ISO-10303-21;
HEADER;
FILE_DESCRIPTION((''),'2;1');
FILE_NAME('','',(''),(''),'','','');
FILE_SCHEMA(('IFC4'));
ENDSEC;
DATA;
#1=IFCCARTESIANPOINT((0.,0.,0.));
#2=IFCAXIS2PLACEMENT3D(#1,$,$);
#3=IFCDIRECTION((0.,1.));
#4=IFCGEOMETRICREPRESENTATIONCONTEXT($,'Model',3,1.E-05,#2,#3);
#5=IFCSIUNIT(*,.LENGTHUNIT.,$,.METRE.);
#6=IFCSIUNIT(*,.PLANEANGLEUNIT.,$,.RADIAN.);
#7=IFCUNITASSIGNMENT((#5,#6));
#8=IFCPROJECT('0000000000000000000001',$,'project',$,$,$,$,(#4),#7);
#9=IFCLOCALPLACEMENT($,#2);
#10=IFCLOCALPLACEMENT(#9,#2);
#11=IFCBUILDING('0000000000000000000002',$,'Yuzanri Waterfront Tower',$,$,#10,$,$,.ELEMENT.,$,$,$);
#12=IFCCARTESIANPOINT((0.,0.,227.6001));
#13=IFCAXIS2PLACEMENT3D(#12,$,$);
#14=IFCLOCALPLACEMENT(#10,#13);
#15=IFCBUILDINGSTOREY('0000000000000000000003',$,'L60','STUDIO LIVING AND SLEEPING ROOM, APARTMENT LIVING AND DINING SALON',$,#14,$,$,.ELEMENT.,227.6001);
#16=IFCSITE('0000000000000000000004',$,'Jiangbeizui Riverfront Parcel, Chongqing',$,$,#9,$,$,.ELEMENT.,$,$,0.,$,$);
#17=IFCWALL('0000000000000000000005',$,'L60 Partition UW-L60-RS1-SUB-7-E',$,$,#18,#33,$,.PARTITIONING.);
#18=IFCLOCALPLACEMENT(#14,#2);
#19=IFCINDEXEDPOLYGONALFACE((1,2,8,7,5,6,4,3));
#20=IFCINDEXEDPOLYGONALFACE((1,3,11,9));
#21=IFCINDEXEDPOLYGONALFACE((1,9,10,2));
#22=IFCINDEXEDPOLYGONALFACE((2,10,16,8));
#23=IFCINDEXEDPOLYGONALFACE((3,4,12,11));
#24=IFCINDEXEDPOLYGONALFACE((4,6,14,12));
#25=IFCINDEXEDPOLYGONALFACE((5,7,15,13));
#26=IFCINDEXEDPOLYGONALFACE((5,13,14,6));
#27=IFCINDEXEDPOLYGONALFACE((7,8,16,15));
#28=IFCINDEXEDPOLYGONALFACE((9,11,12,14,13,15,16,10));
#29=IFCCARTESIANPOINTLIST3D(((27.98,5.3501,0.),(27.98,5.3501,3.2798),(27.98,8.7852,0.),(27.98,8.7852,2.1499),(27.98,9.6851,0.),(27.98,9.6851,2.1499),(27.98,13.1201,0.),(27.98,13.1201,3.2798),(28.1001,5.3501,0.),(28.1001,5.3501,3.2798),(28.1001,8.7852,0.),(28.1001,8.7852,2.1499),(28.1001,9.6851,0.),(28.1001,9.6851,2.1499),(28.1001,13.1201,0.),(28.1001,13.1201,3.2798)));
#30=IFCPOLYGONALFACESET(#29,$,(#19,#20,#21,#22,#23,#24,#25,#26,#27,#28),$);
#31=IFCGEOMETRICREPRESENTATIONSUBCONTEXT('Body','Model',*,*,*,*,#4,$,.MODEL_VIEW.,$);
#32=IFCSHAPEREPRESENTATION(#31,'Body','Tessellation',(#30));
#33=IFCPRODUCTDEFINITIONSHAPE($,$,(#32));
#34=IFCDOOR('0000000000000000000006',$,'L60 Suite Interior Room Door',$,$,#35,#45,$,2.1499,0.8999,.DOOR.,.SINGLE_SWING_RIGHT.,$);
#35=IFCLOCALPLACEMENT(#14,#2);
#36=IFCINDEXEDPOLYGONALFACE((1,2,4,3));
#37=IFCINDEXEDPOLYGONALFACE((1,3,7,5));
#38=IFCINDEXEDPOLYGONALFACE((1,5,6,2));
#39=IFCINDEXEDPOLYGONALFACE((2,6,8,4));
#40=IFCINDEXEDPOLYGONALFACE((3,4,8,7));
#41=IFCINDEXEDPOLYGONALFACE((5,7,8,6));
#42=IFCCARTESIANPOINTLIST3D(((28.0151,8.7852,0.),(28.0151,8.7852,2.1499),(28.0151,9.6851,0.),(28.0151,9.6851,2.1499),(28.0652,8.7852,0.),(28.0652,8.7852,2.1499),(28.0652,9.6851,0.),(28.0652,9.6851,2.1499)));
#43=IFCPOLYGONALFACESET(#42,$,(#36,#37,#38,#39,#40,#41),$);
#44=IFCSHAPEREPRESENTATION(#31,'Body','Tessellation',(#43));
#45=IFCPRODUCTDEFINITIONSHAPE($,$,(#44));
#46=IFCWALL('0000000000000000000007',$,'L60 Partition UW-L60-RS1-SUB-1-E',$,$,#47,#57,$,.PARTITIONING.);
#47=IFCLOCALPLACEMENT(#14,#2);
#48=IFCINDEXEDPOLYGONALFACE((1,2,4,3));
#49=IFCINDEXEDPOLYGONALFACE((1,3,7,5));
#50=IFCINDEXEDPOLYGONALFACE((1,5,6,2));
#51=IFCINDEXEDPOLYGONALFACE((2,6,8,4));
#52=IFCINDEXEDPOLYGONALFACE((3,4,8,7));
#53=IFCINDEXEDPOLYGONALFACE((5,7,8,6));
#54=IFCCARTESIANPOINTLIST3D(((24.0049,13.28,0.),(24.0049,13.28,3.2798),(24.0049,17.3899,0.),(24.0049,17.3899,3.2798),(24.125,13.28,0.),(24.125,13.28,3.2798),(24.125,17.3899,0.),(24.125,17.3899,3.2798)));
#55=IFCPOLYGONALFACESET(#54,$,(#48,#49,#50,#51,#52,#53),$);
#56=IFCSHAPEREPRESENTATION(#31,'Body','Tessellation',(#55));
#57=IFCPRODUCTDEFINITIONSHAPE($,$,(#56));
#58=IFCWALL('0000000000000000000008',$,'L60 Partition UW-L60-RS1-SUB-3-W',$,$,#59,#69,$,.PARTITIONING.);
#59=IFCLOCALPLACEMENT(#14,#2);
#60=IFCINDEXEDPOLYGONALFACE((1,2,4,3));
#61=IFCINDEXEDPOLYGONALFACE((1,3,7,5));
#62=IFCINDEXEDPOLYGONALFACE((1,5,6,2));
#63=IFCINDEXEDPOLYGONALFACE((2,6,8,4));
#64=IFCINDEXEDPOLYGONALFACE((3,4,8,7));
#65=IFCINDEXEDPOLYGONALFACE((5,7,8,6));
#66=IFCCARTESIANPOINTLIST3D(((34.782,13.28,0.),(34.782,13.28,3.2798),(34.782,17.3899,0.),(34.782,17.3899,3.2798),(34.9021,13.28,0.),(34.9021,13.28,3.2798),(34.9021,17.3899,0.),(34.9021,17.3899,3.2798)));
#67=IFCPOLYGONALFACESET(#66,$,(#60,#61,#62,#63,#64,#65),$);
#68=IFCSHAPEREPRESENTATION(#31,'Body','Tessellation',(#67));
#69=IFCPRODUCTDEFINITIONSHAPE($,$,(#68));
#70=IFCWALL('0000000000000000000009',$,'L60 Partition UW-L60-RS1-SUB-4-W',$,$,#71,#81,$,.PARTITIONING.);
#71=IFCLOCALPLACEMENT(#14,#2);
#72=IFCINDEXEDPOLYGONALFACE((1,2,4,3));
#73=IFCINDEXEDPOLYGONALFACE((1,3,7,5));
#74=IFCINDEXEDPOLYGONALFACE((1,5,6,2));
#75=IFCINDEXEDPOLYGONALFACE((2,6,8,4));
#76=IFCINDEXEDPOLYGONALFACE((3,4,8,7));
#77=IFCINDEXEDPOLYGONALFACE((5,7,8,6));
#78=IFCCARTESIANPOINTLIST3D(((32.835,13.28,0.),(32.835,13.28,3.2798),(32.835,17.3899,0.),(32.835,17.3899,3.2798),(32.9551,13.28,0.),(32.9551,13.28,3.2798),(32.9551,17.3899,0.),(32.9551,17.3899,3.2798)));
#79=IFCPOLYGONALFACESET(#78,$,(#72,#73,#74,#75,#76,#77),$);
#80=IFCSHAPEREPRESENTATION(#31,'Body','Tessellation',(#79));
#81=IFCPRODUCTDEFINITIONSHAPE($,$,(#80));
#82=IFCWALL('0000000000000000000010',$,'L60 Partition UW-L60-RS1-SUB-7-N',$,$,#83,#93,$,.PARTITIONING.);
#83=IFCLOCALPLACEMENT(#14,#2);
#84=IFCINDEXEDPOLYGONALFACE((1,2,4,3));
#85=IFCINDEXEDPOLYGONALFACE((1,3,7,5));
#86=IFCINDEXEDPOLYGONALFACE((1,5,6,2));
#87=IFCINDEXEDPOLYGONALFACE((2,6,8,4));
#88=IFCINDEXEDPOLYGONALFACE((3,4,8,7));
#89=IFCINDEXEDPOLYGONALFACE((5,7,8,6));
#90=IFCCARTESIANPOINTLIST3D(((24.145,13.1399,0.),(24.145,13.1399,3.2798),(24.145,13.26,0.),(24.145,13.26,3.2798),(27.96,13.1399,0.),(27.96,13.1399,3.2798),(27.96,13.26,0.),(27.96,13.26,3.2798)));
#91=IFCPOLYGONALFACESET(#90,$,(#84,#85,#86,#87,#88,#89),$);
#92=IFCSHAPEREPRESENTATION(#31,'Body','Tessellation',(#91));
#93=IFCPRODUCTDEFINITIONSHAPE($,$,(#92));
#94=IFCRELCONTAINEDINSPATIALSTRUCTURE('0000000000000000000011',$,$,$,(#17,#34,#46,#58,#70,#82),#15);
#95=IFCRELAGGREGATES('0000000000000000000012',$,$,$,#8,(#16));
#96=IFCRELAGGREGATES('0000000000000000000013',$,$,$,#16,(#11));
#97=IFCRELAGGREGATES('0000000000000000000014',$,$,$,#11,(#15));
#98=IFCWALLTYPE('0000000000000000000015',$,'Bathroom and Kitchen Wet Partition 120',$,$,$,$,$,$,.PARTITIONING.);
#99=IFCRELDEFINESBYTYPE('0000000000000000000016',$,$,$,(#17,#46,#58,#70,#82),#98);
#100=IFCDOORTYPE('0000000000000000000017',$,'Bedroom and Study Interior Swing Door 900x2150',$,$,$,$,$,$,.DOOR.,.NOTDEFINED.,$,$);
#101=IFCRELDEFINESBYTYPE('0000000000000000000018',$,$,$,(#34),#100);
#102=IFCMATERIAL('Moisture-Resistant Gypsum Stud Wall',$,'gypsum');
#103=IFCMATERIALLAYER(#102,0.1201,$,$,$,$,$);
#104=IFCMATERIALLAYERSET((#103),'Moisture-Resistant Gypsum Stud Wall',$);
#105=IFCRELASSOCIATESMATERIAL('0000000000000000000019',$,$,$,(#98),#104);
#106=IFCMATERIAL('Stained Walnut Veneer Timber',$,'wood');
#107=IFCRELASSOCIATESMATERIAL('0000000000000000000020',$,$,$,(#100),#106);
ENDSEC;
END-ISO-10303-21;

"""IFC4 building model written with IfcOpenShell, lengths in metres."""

from ifc_helpers import new_model, si_unit, direction, frame, frame_2d, origin, place, context, subcontext, project, spatial, rectangle, extrude, source, transform, mapped, material, layer, layer_set, type_object, element, fill, save


model = new_model("IFC4")

# Units and contexts
model_context = context("Model", 3, precision=1e-05, world=origin(), true_north=direction((0.0, 1.0)))
body_context = subcontext(model_context, "Body", "Model", "MODEL_VIEW")
ifc_project = project(units=[si_unit("LENGTHUNIT", "METRE"), si_unit("PLANEANGLEUNIT", "RADIAN")], contexts=[model_context])

# Site, building, storey
site_placement = place(None, origin())
site = spatial("IfcSite", under=ifc_project, at=site_placement, Name="Jiangbeizui Riverfront Parcel, Chongqing", CompositionType="ELEMENT", RefElevation=0.0)
building_placement = place(site_placement, origin())
building = spatial("IfcBuilding", under=site, at=building_placement, Name="Yuzanri Waterfront Tower", CompositionType="ELEMENT")
storey_placement = place(building_placement, frame((0.0, 0.0, 227.6001)))
storey = spatial("IfcBuildingStorey", under=building, at=storey_placement, Name="L60", Description="STUDIO LIVING AND SLEEPING ROOM, APARTMENT LIVING AND DINING SALON", CompositionType="ELEMENT", Elevation=227.6001)

# Shared definitions
ifc_material_1 = material(Name="Moisture-Resistant Gypsum Stud Wall", Category="gypsum")
ifc_layer_1 = layer(ifc_material_1, 0.1201)
ifc_layer_set_1 = layer_set([ifc_layer_1], Name="Moisture-Resistant Gypsum Stud Wall")
wall_type = type_object("IfcWallType", Name="Bathroom and Kitchen Wet Partition 120", PredefinedType="PARTITIONING", material=ifc_layer_set_1)
ifc_material_2 = material(Name="Stained Walnut Veneer Timber", Category="wood")
door_type_1 = type_object("IfcDoorType", Name="Bedroom and Study Interior Swing Door 900x2150", OperationType="NOTDEFINED", PredefinedType="DOOR", material=ifc_material_2)
shared_shape_1 = source(origin(), body_context, "Body", "SweptSolid", [
    extrude(rectangle(XDim=0.8999, YDim=2.1499, at=frame_2d((0.45, 1.075))), frame((0.0, 0.0249, 0.0), z_axis=(0.0, -1.0, 0.0), x_axis=(1.0, 0.0, 0.0)), (0.0, 0.0, 1.0), 0.05),
])

# Wall, opening, door
wall_1_placement = place(storey_placement, frame((28.04, 5.3501, 0.0), z_axis=(0.0, 0.0, 1.0), x_axis=(0.0, 1.0, 0.0)))
wall_1 = element("IfcWall", 1, at=wall_1_placement, inside=storey, type_object=wall_type, Name="L60 Partition UW-L60-RS1-SUB-7-E", PredefinedType="PARTITIONING", context=body_context, shape_type="SweptSolid", body=[
    extrude(rectangle(XDim=7.77, YDim=0.1201, at=frame_2d((3.885, 0.0))), origin(), (0.0, 0.0, 1.0), 3.2798),
])
opening_1_placement = place(wall_1_placement, frame((3.4351, 0.0, 0.0)))
opening_1 = element("IfcOpeningElement", 2, at=opening_1_placement, cuts=wall_1, PredefinedType="OPENING", context=body_context, shape_type="SweptSolid", body=[
    extrude(rectangle(XDim=0.8999, YDim=2.1499, at=frame_2d((0.45, 1.075))), frame((0.0, 0.075, 0.0), z_axis=(0.0, -1.0, 0.0), x_axis=(1.0, 0.0, 0.0)), (0.0, 0.0, 1.0), 0.1499),
])
door_1_placement = place(opening_1_placement, origin())
door_1 = element("IfcDoor", 3, at=door_1_placement, inside=storey, type_object=door_type_1, Name="L60 Suite Interior Room Door", OperationType="SINGLE_SWING_RIGHT", OverallHeight=2.1499, OverallWidth=0.8999, PredefinedType="DOOR", context=body_context, shape_type="MappedRepresentation", body=[
    mapped(shared_shape_1, transform((0.0, 0.0, 0.0), scale=1.0)),
])
fill(opening_1, door_1)

# Walls
shared_shape_2 = source(origin(), body_context, "Body", "SweptSolid", [
    extrude(rectangle(XDim=4.1099, YDim=0.1201, at=frame_2d((2.0549, 0.0))), origin(), (0.0, 0.0, 1.0), 3.2798),
])
for number, where, z_axis, x_axis, name in (
    (4, (24.0649, 13.28, 0.0), (0.0, 0.0, 1.0), (0.0, 1.0, 0.0), "L60 Partition UW-L60-RS1-SUB-1-E"),
    (5, (34.842, 13.28, 0.0), (0.0, 0.0, 1.0), (0.0, 1.0, 0.0), "L60 Partition UW-L60-RS1-SUB-3-W"),
    (6, (32.895, 13.28, 0.0), (0.0, 0.0, 1.0), (0.0, 1.0, 0.0), "L60 Partition UW-L60-RS1-SUB-4-W"),
):
    element("IfcWall", number, at=place(storey_placement, frame(where, z_axis=z_axis, x_axis=x_axis)), inside=storey, type_object=wall_type, Name=name, PredefinedType="PARTITIONING", context=body_context, shape_type="MappedRepresentation", body=[
        mapped(shared_shape_2, transform((0.0, 0.0, 0.0), scale=1.0)),
    ])
shared_shape_3 = source(origin(), body_context, "Body", "SweptSolid", [
    extrude(rectangle(XDim=3.8149, YDim=0.1201, at=frame_2d((1.9075, 0.0))), origin(), (0.0, 0.0, 1.0), 3.2798),
])
wall_2_placement = place(storey_placement, frame((24.145, 13.2, 0.0), z_axis=(0.0, 0.0, 1.0), x_axis=(1.0, 0.0, 0.0)))
element("IfcWall", 7, at=wall_2_placement, inside=storey, type_object=wall_type, Name="L60 Partition UW-L60-RS1-SUB-7-N", PredefinedType="PARTITIONING", context=body_context, shape_type="MappedRepresentation", body=[
    mapped(shared_shape_3, transform((0.0, 0.0, 0.0), scale=1.0)),
])

save(model, "model.ifc")
